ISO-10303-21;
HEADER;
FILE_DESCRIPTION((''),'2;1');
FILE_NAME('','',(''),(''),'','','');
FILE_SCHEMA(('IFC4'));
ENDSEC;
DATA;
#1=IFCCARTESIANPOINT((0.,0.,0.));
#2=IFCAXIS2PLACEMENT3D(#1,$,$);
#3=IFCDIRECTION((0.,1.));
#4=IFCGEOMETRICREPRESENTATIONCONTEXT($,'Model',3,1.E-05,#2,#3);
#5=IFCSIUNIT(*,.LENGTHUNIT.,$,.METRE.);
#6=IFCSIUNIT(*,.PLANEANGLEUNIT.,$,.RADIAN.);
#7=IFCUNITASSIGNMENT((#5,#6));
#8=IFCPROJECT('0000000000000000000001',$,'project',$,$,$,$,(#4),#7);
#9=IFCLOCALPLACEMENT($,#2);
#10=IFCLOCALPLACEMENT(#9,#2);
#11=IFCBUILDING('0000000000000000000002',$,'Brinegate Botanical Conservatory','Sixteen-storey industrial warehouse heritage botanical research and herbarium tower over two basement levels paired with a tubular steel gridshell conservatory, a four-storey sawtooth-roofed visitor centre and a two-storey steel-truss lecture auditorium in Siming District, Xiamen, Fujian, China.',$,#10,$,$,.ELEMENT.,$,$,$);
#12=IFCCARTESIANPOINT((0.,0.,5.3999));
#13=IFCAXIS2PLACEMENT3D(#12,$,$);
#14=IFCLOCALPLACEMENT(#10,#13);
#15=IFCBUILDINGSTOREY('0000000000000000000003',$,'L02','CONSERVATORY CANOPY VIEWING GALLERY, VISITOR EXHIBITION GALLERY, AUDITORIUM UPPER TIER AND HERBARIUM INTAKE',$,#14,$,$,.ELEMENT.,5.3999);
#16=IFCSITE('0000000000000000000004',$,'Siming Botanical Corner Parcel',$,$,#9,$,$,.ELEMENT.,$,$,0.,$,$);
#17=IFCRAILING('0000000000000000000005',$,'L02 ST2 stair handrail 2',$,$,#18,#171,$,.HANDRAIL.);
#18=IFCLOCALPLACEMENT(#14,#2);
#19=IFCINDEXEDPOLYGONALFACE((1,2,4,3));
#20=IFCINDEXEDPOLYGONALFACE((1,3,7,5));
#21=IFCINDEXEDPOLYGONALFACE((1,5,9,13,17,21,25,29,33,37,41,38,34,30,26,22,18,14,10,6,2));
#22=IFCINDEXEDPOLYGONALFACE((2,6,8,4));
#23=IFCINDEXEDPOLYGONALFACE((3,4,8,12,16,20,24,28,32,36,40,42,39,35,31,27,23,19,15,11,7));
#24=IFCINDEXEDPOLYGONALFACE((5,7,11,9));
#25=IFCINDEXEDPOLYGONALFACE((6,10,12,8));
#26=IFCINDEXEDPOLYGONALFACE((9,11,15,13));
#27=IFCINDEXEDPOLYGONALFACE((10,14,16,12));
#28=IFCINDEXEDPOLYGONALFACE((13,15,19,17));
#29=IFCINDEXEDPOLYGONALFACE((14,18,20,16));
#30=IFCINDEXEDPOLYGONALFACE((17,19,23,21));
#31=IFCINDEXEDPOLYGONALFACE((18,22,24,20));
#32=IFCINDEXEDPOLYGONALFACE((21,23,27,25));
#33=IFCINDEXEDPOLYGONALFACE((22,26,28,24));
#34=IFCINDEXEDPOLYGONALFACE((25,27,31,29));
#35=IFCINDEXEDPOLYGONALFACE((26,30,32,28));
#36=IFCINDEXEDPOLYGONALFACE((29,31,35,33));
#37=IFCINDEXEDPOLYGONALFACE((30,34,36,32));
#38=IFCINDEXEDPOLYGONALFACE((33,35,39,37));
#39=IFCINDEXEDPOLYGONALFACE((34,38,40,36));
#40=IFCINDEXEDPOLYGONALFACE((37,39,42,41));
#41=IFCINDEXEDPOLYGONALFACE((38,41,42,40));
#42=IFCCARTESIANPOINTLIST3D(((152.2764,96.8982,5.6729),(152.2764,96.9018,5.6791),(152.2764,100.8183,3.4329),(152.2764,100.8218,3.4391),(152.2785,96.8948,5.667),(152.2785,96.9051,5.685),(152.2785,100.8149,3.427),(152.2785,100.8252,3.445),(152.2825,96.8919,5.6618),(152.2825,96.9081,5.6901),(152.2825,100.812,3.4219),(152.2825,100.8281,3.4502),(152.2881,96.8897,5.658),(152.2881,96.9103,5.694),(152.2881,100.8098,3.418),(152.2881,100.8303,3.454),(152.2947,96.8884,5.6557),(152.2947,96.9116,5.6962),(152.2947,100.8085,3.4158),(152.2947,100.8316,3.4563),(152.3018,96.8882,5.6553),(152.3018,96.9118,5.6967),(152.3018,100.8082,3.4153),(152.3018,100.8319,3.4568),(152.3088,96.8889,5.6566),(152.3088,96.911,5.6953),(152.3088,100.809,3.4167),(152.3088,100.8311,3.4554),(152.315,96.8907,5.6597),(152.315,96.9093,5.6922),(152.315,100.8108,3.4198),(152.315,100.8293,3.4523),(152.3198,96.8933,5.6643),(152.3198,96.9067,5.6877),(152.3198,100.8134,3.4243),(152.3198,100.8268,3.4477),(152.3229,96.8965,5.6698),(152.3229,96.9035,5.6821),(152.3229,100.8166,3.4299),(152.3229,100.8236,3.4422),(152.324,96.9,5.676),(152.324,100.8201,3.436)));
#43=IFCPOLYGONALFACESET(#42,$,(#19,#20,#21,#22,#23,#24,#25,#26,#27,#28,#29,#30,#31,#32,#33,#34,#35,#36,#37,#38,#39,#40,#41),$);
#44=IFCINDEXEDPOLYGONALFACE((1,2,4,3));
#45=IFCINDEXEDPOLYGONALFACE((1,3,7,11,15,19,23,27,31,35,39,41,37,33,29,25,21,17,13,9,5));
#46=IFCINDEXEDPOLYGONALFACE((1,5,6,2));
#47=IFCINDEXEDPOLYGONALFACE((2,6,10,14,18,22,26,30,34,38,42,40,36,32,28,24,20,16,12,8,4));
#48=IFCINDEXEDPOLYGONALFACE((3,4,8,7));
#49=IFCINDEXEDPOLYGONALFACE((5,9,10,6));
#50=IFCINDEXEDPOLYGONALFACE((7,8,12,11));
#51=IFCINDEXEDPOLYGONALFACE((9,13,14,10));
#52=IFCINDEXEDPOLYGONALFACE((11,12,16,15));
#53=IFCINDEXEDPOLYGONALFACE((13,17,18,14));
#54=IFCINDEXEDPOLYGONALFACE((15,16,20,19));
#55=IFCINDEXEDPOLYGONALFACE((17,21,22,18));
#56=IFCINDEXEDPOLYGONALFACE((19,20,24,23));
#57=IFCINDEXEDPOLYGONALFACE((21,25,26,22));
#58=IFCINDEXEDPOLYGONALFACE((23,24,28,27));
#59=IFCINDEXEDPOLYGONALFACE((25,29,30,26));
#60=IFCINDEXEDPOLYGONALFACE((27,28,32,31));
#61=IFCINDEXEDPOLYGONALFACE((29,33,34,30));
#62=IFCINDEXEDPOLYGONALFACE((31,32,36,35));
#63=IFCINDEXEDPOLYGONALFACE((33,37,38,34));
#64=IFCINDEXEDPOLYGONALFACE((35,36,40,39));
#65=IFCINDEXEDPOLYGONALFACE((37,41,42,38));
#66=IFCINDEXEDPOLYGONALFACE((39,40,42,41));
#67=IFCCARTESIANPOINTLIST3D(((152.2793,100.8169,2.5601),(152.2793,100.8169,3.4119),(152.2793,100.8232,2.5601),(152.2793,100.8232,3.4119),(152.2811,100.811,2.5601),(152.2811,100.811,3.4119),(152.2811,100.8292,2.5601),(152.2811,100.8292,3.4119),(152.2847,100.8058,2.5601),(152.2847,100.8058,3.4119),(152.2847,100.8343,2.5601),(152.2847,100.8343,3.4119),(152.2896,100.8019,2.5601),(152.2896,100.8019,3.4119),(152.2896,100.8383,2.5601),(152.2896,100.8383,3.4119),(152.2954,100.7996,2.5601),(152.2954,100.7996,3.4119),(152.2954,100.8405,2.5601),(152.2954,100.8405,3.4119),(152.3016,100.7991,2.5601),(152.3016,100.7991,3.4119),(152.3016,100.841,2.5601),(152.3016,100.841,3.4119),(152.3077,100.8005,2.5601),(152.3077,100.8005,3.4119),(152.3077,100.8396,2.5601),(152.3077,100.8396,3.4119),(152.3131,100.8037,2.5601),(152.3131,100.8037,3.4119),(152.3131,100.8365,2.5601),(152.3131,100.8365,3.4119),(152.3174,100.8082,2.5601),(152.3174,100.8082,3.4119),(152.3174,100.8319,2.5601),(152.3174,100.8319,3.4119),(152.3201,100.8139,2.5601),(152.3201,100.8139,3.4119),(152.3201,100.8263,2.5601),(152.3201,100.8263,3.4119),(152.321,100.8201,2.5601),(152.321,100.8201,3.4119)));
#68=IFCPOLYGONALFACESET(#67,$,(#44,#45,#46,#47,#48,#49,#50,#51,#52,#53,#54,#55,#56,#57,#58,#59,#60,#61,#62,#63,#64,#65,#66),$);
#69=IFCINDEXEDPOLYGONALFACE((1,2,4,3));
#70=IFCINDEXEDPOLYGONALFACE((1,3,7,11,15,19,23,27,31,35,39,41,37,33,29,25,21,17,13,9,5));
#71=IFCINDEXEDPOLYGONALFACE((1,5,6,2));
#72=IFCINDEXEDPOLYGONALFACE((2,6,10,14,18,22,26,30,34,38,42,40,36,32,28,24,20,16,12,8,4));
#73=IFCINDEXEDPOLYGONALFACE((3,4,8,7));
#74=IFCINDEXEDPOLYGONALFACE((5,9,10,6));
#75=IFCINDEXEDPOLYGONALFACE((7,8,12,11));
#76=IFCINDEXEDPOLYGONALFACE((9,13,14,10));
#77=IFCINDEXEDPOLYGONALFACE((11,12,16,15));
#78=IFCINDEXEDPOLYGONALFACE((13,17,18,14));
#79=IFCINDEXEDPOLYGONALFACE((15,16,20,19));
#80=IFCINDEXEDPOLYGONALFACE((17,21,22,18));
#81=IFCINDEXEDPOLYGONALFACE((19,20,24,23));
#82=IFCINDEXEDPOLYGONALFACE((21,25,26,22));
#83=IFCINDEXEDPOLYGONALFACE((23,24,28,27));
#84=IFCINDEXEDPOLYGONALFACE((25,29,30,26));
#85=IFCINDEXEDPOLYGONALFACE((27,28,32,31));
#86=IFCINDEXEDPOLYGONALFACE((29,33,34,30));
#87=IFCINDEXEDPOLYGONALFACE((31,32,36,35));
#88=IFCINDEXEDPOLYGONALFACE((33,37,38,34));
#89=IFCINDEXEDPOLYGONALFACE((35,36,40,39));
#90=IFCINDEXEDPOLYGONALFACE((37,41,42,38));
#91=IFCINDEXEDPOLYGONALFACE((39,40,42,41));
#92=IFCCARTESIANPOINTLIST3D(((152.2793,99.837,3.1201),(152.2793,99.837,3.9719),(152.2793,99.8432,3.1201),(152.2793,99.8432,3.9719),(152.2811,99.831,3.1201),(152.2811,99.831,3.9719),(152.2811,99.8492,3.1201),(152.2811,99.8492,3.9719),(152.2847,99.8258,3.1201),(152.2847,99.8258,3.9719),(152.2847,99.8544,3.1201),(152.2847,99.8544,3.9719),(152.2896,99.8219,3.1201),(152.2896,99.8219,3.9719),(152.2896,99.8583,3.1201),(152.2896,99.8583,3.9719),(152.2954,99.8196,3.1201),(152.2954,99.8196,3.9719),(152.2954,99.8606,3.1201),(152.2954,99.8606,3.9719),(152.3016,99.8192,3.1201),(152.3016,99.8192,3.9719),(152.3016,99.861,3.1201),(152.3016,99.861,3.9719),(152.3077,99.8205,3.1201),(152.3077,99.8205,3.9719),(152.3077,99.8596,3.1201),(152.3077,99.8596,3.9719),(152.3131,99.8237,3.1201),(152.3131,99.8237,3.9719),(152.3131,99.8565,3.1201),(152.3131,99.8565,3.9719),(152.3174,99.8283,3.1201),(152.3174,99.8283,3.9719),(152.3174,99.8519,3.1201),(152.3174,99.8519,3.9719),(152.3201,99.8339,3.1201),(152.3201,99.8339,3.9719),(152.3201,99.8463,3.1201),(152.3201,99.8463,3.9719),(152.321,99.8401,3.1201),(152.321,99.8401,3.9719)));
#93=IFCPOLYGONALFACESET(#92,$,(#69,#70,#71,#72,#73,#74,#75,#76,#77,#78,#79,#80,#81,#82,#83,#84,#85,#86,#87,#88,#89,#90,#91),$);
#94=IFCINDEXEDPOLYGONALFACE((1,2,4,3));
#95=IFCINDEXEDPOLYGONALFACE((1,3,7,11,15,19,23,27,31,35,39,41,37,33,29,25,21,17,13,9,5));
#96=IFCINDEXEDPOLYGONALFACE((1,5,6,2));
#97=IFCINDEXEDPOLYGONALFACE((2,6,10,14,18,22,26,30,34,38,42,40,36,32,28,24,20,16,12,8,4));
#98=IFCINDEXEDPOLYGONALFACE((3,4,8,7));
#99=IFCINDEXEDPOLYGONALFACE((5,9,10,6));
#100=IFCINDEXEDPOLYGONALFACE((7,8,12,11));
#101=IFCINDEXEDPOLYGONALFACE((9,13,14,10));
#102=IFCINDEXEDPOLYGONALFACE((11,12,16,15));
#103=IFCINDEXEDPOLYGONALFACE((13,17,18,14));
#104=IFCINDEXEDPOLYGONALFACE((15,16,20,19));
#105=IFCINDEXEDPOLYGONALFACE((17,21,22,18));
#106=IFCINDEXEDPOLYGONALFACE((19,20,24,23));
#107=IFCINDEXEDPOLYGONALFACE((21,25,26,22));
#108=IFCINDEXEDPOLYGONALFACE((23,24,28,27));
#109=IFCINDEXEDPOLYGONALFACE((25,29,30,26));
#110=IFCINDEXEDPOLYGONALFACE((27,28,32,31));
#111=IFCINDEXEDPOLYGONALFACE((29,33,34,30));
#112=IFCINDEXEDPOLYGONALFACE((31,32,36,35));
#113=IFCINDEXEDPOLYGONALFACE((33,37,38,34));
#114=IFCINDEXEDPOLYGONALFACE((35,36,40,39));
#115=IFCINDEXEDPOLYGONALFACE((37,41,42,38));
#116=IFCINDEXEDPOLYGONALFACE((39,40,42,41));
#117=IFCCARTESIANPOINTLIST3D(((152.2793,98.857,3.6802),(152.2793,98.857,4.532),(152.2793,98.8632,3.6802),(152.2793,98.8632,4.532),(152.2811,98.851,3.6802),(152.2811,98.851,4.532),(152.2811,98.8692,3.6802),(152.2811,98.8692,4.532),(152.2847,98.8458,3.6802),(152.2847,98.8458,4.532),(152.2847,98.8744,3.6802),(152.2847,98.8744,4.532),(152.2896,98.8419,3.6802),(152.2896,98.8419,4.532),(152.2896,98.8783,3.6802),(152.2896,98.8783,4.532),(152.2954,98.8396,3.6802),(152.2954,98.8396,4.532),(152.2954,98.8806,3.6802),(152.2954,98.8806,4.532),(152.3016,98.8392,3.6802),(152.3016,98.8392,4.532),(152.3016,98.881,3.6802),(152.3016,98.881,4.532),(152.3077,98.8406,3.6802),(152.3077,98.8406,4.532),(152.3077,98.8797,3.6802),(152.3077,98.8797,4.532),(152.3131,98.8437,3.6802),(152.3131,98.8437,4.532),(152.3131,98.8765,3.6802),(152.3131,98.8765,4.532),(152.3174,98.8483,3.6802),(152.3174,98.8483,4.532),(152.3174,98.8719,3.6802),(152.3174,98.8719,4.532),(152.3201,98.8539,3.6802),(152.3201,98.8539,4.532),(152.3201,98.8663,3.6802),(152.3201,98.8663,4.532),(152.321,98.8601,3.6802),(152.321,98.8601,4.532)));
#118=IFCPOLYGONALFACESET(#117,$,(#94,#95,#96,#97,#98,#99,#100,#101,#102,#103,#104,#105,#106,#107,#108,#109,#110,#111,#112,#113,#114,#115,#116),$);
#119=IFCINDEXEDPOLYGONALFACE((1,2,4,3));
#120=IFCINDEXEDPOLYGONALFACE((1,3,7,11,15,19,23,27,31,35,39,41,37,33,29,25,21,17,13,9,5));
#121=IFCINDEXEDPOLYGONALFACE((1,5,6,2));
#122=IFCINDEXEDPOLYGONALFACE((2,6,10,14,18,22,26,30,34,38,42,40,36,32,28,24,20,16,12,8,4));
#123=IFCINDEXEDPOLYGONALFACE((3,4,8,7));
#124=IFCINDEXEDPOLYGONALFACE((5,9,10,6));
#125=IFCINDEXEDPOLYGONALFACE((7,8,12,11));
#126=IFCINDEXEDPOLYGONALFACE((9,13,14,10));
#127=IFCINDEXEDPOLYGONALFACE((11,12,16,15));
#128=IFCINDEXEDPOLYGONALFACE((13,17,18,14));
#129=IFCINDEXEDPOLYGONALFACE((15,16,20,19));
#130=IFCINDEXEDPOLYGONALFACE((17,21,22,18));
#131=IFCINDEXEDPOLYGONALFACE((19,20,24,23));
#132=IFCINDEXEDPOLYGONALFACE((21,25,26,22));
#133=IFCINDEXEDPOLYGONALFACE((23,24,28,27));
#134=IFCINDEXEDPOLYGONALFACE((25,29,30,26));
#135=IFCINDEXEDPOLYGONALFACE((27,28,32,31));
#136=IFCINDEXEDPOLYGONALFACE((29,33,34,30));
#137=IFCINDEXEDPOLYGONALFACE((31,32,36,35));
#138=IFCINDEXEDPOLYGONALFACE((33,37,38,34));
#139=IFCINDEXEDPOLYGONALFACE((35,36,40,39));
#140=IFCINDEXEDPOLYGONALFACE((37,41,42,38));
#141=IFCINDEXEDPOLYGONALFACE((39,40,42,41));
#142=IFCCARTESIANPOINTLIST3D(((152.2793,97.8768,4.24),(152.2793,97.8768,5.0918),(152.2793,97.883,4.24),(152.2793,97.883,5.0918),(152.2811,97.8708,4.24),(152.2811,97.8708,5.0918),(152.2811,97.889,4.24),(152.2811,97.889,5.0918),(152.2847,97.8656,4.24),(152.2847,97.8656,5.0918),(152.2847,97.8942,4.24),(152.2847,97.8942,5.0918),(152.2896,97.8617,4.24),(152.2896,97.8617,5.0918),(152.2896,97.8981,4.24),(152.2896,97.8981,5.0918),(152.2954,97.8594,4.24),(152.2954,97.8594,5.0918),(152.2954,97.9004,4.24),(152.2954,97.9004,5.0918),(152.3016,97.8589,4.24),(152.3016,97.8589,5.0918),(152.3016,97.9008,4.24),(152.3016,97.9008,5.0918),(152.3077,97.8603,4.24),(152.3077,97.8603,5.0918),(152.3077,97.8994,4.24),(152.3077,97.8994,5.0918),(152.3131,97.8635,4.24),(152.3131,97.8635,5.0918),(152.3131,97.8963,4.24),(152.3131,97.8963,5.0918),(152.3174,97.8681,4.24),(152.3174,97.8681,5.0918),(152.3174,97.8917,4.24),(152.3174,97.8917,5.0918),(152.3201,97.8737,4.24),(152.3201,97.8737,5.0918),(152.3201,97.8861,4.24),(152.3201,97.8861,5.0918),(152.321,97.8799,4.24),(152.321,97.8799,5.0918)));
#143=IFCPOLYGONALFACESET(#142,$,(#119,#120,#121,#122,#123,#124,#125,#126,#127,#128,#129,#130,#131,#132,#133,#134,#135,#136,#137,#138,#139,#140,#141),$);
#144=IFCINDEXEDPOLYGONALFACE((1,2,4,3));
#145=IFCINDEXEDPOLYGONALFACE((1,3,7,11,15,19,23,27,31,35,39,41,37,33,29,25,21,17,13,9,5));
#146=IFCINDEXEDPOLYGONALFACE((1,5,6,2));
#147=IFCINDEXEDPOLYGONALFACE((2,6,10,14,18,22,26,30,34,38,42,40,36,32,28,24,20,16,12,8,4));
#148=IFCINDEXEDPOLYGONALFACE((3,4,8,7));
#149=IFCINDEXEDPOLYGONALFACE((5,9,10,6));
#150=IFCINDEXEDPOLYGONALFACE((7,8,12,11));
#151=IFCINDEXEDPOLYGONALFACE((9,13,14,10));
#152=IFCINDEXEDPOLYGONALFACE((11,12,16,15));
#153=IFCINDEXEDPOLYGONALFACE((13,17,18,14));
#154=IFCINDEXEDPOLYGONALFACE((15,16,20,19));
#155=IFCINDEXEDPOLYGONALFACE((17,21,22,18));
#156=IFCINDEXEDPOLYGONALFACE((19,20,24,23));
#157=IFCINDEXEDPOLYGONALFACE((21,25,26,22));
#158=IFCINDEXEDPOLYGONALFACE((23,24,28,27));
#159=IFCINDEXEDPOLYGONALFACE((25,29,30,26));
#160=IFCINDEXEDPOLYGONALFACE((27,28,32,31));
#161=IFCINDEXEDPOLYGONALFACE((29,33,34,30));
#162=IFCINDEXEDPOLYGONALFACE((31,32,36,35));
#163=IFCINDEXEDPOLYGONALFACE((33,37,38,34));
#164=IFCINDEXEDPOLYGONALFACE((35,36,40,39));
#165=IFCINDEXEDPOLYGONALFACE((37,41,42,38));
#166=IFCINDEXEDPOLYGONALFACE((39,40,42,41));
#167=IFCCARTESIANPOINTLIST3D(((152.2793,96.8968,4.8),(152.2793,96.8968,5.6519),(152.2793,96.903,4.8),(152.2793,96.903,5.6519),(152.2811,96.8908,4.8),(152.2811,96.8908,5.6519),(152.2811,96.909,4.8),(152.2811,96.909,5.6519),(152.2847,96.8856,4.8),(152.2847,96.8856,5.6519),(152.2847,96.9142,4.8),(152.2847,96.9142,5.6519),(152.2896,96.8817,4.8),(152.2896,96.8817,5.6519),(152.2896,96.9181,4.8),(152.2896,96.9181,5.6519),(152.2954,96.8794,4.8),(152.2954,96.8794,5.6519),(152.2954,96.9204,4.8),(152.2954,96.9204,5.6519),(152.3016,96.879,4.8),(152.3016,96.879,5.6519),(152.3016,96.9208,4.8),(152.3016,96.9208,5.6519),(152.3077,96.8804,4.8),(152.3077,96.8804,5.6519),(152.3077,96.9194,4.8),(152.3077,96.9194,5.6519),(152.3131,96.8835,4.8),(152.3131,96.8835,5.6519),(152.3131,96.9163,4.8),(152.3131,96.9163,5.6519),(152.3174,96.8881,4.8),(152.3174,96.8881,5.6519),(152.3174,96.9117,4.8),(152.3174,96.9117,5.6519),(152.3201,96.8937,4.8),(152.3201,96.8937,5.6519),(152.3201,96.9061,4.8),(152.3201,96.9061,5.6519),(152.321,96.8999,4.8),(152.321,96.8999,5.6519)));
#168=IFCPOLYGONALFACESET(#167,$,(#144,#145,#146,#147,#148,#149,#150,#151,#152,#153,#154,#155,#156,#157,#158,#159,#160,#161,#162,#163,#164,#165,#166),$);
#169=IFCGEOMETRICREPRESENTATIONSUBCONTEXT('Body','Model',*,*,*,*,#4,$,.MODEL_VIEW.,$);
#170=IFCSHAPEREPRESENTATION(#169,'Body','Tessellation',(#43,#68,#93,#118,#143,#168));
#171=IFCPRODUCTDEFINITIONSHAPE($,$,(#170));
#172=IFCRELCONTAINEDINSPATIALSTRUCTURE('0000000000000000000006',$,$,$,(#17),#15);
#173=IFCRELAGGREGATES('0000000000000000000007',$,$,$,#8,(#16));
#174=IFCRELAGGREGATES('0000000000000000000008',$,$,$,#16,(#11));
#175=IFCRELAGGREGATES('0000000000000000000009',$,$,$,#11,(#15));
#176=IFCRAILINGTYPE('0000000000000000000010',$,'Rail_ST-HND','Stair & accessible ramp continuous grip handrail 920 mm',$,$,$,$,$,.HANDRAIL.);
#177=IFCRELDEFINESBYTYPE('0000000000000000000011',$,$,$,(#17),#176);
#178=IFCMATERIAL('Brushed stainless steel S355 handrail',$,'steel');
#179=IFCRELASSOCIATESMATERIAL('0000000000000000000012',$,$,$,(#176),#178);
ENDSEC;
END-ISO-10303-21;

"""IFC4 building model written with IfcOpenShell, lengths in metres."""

from ifc_helpers import new_model, si_unit, direction, frame, origin, origin_2d, place, context, subcontext, project, spatial, circle, extrude, material, type_object, element, save


model = new_model("IFC4")

# Units and contexts
model_context = context("Model", 3, precision=1e-05, world=origin(), true_north=direction((0.0, 1.0)))
body_context = subcontext(model_context, "Body", "Model", "MODEL_VIEW")
ifc_project = project(units=[si_unit("LENGTHUNIT", "METRE"), si_unit("PLANEANGLEUNIT", "RADIAN")], contexts=[model_context])

# Site, building, storey
site_placement = place(None, origin())
site = spatial("IfcSite", under=ifc_project, at=site_placement, Name="Siming Botanical Corner Parcel", CompositionType="ELEMENT", RefElevation=0.0)
building_placement = place(site_placement, origin())
building = spatial("IfcBuilding", under=site, at=building_placement, Name="Brinegate Botanical Conservatory", Description="Sixteen-storey industrial warehouse heritage botanical research and herbarium tower over two basement levels paired with a tubular steel gridshell conservatory, a four-storey sawtooth-roofed visitor centre and a two-storey steel-truss lecture auditorium in Siming District, Xiamen, Fujian, China.", CompositionType="ELEMENT")
storey_placement = place(building_placement, frame((0.0, 0.0, 5.3999)))
storey = spatial("IfcBuildingStorey", under=building, at=storey_placement, Name="L02", Description="CONSERVATORY CANOPY VIEWING GALLERY, VISITOR EXHIBITION GALLERY, AUDITORIUM UPPER TIER AND HERBARIUM INTAKE", CompositionType="ELEMENT", Elevation=5.3999)

# Railing
ifc_material_1 = material(Name="Brushed stainless steel S355 handrail", Category="steel")
railing_type_1 = type_object("IfcRailingType", Name="Rail_ST-HND", Description="Stair & accessible ramp continuous grip handrail 920 mm", PredefinedType="HANDRAIL", material=ifc_material_1)
railing_1_placement = place(storey_placement, frame((152.3, 100.8201, 2.5601)))
element("IfcRailing", 1, at=railing_1_placement, inside=storey, type_object=railing_type_1, Name="L02 ST2 stair handrail 2", PredefinedType="HANDRAIL", context=body_context, shape_type="SweptSolid", body=[
    extrude(circle(Radius=0.0239, at=origin_2d()), frame((0.0, 0.0, 0.876), z_axis=(0.0, -0.868253, 0.496121), x_axis=(1.0, 0.0, 0.0)), (0.0, 0.0, 1.0), 4.5149),
    extrude(circle(Radius=0.021, at=origin_2d()), origin(), (0.0, 0.0, 1.0), 0.8518),
    extrude(circle(Radius=0.021, at=origin_2d()), frame((0.0, -0.98, 0.5601)), (0.0, 0.0, 1.0), 0.8518),
    extrude(circle(Radius=0.021, at=origin_2d()), frame((0.0, -1.96, 1.1201)), (0.0, 0.0, 1.0), 0.8518),
    extrude(circle(Radius=0.021, at=origin_2d()), frame((0.0, -2.9402, 1.6799)), (0.0, 0.0, 1.0), 0.8518),
    extrude(circle(Radius=0.021, at=origin_2d()), frame((0.0, -3.9202, 2.24)), (0.0, 0.0, 1.0), 0.8518),
])

save(model, "model.ifc")
